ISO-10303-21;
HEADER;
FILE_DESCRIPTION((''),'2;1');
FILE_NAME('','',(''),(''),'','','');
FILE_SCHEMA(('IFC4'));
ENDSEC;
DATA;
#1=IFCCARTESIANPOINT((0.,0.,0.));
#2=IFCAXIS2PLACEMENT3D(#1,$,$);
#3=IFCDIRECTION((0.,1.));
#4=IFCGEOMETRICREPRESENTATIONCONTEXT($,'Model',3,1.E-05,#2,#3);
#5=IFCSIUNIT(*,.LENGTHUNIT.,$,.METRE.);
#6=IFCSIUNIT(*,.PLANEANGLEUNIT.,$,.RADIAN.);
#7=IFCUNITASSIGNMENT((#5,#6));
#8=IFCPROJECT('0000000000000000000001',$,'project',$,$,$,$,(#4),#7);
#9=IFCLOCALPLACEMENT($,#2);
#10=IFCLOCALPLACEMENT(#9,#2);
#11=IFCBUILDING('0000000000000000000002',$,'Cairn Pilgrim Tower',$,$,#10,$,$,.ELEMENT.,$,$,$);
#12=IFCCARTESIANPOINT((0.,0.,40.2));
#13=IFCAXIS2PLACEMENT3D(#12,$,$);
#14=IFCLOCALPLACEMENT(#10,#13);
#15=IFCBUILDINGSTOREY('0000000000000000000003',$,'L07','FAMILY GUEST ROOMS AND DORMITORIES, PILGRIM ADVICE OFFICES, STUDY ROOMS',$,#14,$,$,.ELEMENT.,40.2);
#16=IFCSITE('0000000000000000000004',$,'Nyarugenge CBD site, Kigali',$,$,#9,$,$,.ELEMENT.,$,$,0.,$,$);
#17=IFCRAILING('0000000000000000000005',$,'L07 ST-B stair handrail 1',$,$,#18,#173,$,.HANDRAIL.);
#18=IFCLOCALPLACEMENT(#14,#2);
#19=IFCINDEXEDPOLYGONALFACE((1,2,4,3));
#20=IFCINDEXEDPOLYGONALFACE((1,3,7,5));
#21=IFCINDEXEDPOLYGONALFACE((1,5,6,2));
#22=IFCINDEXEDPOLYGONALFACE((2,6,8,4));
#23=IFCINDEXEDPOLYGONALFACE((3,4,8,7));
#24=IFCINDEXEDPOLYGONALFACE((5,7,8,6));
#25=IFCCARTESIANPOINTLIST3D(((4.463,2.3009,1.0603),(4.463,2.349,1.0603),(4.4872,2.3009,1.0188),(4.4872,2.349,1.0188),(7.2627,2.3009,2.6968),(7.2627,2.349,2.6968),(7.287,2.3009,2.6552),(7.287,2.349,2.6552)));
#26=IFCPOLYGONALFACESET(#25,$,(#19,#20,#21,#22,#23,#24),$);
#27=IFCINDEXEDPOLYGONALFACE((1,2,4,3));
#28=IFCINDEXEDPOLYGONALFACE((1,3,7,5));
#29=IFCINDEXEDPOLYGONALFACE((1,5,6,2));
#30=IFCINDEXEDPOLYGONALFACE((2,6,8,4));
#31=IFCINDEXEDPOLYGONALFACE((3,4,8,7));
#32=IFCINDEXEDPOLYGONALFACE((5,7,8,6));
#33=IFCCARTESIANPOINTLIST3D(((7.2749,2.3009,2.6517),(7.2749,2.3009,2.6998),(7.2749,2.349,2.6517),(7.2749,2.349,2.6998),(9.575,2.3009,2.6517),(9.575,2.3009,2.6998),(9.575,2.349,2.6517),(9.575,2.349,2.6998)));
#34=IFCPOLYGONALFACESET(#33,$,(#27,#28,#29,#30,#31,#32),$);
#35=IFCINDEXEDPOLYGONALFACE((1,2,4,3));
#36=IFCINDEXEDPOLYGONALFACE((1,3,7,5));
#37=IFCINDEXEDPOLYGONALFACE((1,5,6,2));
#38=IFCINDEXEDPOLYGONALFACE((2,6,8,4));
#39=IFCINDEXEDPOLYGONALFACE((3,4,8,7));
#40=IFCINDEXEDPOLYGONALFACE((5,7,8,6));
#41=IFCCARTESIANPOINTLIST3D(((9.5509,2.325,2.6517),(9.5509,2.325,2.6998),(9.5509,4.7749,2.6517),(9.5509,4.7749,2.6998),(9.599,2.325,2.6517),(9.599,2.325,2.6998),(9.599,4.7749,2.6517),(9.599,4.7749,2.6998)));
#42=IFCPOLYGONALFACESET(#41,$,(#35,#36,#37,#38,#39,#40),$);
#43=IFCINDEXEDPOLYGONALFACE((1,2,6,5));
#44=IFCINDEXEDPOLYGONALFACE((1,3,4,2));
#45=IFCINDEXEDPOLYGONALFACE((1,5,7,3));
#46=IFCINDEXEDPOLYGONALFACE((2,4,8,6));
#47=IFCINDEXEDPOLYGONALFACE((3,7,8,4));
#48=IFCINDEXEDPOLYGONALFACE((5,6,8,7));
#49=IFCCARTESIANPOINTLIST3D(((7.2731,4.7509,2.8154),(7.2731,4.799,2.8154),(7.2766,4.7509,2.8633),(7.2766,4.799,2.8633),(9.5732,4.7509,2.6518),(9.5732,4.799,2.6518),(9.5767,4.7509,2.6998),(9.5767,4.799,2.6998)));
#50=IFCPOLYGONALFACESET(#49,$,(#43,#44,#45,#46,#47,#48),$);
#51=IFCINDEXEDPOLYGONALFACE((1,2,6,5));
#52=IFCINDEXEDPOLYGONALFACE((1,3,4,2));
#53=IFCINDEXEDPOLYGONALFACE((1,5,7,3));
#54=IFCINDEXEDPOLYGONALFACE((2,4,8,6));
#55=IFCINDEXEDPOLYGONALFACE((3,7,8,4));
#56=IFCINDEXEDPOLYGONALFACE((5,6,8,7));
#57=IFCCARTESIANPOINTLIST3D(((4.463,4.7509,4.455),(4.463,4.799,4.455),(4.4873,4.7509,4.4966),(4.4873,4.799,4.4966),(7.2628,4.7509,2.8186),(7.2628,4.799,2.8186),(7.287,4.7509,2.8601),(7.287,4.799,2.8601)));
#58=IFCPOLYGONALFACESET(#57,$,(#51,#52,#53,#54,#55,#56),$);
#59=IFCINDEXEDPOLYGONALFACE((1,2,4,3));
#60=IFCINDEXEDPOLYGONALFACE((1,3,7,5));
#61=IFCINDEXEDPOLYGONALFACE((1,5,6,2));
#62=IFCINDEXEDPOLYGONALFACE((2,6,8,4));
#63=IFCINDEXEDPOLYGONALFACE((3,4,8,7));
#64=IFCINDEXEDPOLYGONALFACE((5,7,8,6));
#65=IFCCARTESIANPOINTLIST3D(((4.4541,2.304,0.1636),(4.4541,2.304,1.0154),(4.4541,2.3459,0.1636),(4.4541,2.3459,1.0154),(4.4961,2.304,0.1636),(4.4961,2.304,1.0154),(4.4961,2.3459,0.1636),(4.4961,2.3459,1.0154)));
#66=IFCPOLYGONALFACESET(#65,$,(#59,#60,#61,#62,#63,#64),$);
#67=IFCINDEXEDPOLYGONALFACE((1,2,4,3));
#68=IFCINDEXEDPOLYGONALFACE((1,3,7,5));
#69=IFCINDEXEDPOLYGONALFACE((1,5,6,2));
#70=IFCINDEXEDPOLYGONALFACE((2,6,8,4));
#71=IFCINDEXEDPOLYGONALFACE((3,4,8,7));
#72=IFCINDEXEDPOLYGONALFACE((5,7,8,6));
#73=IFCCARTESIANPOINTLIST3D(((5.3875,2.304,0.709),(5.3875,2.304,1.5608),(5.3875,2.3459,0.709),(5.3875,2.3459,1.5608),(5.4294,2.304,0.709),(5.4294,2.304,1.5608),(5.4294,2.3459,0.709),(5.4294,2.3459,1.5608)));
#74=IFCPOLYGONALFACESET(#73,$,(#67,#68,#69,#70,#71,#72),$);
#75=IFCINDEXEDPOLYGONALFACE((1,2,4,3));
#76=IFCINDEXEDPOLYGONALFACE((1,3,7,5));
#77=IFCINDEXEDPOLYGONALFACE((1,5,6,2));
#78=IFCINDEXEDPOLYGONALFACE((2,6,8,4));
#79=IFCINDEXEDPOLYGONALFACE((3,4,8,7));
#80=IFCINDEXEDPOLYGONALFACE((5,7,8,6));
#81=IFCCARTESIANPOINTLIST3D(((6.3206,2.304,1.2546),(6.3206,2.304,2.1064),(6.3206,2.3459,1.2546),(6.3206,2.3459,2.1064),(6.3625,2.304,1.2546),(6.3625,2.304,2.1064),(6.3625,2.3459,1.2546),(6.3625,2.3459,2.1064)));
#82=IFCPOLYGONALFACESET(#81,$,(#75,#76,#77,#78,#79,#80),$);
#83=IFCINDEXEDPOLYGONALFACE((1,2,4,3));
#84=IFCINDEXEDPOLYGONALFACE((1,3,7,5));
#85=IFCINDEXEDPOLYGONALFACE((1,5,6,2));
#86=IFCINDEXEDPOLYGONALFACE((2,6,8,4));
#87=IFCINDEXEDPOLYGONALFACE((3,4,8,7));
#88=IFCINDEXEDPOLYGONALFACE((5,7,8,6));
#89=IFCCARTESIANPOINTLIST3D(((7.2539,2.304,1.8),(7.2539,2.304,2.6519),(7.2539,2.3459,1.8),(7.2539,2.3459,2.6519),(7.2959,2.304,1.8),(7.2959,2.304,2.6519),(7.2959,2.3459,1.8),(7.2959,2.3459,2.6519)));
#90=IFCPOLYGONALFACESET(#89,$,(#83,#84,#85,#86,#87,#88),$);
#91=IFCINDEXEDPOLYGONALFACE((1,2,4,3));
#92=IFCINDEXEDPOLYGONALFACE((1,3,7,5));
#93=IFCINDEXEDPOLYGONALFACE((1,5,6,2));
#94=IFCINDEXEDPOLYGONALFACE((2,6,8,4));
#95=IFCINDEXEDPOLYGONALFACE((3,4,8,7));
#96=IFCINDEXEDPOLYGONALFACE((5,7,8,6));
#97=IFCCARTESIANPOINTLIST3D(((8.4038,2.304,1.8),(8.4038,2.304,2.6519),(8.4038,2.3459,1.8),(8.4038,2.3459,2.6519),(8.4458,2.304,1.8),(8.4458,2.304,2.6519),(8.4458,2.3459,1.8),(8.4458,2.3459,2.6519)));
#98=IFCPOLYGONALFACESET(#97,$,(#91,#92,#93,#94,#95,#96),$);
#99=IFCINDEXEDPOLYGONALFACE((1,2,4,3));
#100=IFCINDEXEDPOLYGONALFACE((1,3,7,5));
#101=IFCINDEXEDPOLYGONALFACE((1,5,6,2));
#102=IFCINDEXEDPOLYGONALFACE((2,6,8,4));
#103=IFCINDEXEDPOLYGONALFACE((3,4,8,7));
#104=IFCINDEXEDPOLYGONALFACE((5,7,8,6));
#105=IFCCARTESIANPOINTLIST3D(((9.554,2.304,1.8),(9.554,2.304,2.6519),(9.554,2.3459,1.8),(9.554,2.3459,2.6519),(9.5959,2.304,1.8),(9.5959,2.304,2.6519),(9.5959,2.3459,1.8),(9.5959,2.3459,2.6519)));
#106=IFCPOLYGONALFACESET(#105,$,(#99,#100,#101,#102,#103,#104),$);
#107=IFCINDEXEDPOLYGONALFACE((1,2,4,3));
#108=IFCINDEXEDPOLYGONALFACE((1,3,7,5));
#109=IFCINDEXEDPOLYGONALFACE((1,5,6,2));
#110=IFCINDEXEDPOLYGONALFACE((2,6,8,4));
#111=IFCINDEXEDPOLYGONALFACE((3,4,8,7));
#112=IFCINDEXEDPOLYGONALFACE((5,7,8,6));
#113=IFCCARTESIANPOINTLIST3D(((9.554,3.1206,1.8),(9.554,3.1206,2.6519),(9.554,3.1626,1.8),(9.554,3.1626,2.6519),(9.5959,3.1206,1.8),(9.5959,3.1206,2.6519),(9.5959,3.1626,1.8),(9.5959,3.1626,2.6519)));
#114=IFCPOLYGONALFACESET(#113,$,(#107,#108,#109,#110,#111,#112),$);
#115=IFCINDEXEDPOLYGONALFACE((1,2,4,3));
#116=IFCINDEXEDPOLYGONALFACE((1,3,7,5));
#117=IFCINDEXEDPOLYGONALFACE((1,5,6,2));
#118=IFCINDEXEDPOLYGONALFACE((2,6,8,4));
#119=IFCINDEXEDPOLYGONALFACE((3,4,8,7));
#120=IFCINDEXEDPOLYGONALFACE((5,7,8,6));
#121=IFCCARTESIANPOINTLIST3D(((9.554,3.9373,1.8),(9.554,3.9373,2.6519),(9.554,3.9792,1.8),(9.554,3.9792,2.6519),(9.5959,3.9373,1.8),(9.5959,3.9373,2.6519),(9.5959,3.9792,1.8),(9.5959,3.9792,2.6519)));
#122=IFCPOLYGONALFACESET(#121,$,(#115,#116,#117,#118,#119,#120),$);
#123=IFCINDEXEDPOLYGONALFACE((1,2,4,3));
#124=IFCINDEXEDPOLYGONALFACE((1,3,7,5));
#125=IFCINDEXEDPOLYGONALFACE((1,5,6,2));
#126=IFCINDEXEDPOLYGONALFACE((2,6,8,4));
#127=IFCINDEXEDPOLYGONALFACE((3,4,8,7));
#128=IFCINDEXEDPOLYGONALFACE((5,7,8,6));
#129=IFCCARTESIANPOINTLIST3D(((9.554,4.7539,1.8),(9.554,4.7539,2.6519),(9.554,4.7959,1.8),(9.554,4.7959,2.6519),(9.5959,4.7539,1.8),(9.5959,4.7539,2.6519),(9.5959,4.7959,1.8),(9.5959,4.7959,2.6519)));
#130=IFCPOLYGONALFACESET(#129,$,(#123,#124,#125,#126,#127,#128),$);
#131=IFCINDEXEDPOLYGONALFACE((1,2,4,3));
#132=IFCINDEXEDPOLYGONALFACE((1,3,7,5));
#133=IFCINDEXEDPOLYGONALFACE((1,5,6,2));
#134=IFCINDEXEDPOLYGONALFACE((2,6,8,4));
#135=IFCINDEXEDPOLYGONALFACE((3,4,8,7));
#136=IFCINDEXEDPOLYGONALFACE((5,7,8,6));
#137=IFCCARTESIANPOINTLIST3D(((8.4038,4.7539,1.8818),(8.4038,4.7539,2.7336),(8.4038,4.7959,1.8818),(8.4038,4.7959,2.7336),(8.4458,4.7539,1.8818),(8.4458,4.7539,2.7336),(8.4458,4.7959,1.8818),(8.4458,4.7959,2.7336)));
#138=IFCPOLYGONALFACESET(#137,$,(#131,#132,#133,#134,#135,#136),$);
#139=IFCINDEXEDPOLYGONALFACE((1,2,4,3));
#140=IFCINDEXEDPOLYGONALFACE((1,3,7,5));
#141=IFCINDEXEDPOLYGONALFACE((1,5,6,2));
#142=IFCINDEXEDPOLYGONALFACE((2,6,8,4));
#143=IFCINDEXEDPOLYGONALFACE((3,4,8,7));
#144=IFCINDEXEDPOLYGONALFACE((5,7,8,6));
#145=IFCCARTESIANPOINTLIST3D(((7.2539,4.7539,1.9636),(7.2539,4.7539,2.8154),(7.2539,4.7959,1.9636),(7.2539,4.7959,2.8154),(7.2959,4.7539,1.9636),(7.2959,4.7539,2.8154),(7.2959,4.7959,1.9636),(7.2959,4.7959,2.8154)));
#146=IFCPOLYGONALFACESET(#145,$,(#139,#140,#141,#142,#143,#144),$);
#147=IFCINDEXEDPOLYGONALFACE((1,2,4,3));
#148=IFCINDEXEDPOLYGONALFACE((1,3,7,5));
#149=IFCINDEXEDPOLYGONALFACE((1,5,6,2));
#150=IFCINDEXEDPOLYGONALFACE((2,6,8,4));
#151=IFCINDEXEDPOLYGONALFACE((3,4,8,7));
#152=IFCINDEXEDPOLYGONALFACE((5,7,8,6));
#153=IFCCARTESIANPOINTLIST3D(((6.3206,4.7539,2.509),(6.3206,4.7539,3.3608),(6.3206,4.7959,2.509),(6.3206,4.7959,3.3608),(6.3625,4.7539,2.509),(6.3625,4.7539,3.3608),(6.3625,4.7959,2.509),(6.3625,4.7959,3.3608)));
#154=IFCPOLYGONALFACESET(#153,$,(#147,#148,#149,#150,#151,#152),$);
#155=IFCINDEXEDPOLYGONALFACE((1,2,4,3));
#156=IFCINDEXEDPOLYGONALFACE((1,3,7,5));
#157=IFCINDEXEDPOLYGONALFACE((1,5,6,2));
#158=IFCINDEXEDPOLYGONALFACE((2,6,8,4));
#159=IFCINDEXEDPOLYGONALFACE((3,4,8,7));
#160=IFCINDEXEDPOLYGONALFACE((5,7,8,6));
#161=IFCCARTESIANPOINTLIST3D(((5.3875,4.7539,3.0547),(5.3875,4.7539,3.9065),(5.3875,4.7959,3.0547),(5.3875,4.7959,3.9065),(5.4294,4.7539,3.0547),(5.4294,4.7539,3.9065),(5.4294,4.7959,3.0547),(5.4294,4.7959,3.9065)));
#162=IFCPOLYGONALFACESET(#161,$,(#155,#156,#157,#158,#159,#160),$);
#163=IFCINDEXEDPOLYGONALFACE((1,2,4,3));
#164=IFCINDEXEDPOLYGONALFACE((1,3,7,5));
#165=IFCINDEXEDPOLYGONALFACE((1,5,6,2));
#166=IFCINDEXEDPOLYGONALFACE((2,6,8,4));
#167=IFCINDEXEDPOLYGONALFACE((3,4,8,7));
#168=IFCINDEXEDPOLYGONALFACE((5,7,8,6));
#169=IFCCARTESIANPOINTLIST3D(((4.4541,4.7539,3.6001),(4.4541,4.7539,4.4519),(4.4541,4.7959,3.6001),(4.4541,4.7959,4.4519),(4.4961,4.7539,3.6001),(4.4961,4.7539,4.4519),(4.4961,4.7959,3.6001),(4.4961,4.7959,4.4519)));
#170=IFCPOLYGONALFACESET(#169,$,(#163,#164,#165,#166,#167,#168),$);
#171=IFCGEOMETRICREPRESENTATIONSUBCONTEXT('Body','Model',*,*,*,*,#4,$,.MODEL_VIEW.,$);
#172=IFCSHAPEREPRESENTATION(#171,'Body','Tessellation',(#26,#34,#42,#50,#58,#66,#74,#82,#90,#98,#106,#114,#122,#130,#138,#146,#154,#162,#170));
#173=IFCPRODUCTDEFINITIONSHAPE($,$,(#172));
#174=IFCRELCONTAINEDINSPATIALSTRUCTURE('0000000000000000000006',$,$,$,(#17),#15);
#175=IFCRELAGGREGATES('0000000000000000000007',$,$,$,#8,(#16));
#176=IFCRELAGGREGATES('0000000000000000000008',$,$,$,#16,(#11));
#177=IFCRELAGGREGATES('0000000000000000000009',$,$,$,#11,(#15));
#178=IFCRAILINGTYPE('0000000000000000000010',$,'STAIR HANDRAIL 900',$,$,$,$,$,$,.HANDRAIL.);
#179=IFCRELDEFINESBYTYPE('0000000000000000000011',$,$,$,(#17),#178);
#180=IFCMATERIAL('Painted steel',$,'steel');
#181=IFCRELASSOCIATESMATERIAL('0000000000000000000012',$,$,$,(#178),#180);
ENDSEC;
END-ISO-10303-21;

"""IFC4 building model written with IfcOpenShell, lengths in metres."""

from ifc_helpers import new_model, si_unit, direction, frame, origin, origin_2d, place, context, subcontext, project, spatial, rectangle, extrude, material, type_object, element, save


model = new_model("IFC4")

# Units and contexts
model_context = context("Model", 3, precision=1e-05, world=origin(), true_north=direction((0.0, 1.0)))
body_context = subcontext(model_context, "Body", "Model", "MODEL_VIEW")
ifc_project = project(units=[si_unit("LENGTHUNIT", "METRE"), si_unit("PLANEANGLEUNIT", "RADIAN")], contexts=[model_context])

# Site, building, storey
site_placement = place(None, origin())
site = spatial("IfcSite", under=ifc_project, at=site_placement, Name="Nyarugenge CBD site, Kigali", CompositionType="ELEMENT", RefElevation=0.0)
building_placement = place(site_placement, origin())
building = spatial("IfcBuilding", under=site, at=building_placement, Name="Cairn Pilgrim Tower", CompositionType="ELEMENT")
storey_placement = place(building_placement, frame((0.0, 0.0, 40.2)))
storey = spatial("IfcBuildingStorey", under=building, at=storey_placement, Name="L07", Description="FAMILY GUEST ROOMS AND DORMITORIES, PILGRIM ADVICE OFFICES, STUDY ROOMS", CompositionType="ELEMENT", Elevation=40.2)

# Shared definitions
ifc_material_1 = material(Name="Painted steel", Category="steel")

# Railing
railing_type_1 = type_object("IfcRailingType", Name="STAIR HANDRAIL 900", PredefinedType="HANDRAIL", material=ifc_material_1)
railing_1_placement = place(storey_placement, frame((4.4751, 2.325, 0.1636)))
element("IfcRailing", 1, at=railing_1_placement, inside=storey, type_object=railing_type_1, Name="L07 ST-B stair handrail 1", PredefinedType="HANDRAIL", context=body_context, shape_type="SweptSolid", body=[
    extrude(rectangle(XDim=0.0481, YDim=0.0481, at=origin_2d()), frame((0.0, 0.0, 0.876), z_axis=(0.863342, 0.0, 0.50462), x_axis=(0.0, 1.0, 0.0)), (0.0, 0.0, 1.0), 3.2429),
    extrude(rectangle(XDim=0.0481, YDim=0.0481, at=origin_2d()), frame((2.7998, 0.0, 2.5122), z_axis=(1.0, 0.0, 0.0), x_axis=(0.0, 1.0, 0.0)), (0.0, 0.0, 1.0), 2.3),
    extrude(rectangle(XDim=0.0481, YDim=0.0481, at=origin_2d()), frame((5.0999, 0.0, 2.5122), z_axis=(0.0, 1.0, 0.0), x_axis=(-1.0, 0.0, 0.0)), (0.0, 0.0, 1.0), 2.45),
    extrude(rectangle(XDim=0.0481, YDim=0.0481, at=origin_2d()), frame((5.0999, 2.45, 2.5122), z_axis=(-0.997481, 0.0, 0.070939), x_axis=(0.0, -1.0, 0.0)), (0.0, 0.0, 1.0), 2.3059),
    extrude(rectangle(XDim=0.0481, YDim=0.0481, at=origin_2d()), frame((2.7998, 2.45, 2.6758), z_axis=(-0.863342, 0.0, 0.50462), x_axis=(0.0, -1.0, 0.0)), (0.0, 0.0, 1.0), 3.2429),
    extrude(rectangle(XDim=0.042, YDim=0.042, at=origin_2d()), origin(), (0.0, 0.0, 1.0), 0.8518),
    extrude(rectangle(XDim=0.042, YDim=0.042, at=origin_2d()), frame((0.9333, 0.0, 0.5454)), (0.0, 0.0, 1.0), 0.8518),
    extrude(rectangle(XDim=0.042, YDim=0.042, at=origin_2d()), frame((1.8665, 0.0, 1.0911)), (0.0, 0.0, 1.0), 0.8518),
    extrude(rectangle(XDim=0.042, YDim=0.042, at=origin_2d()), frame((2.7998, 0.0, 1.6365)), (0.0, 0.0, 1.0), 0.8518),
    extrude(rectangle(XDim=0.042, YDim=0.042, at=origin_2d()), frame((3.9497, 0.0, 1.6365)), (0.0, 0.0, 1.0), 0.8518),
    extrude(rectangle(XDim=0.042, YDim=0.042, at=origin_2d()), frame((5.0999, 0.0, 1.6365)), (0.0, 0.0, 1.0), 0.8518),
    extrude(rectangle(XDim=0.042, YDim=0.042, at=origin_2d()), frame((5.0999, 0.8167, 1.6365)), (0.0, 0.0, 1.0), 0.8518),
    extrude(rectangle(XDim=0.042, YDim=0.042, at=origin_2d()), frame((5.0999, 1.6333, 1.6365)), (0.0, 0.0, 1.0), 0.8518),
    extrude(rectangle(XDim=0.042, YDim=0.042, at=origin_2d()), frame((5.0999, 2.45, 1.6365)), (0.0, 0.0, 1.0), 0.8518),
    extrude(rectangle(XDim=0.042, YDim=0.042, at=origin_2d()), frame((3.9497, 2.45, 1.7183)), (0.0, 0.0, 1.0), 0.8518),
    extrude(rectangle(XDim=0.042, YDim=0.042, at=origin_2d()), frame((2.7998, 2.45, 1.8)), (0.0, 0.0, 1.0), 0.8518),
    extrude(rectangle(XDim=0.042, YDim=0.042, at=origin_2d()), frame((1.8665, 2.45, 2.3455)), (0.0, 0.0, 1.0), 0.8518),
    extrude(rectangle(XDim=0.042, YDim=0.042, at=origin_2d()), frame((0.9333, 2.45, 2.8911)), (0.0, 0.0, 1.0), 0.8518),
    extrude(rectangle(XDim=0.042, YDim=0.042, at=origin_2d()), frame((0.0, 2.45, 3.4365)), (0.0, 0.0, 1.0), 0.8518),
])

save(model, "model.ifc")
